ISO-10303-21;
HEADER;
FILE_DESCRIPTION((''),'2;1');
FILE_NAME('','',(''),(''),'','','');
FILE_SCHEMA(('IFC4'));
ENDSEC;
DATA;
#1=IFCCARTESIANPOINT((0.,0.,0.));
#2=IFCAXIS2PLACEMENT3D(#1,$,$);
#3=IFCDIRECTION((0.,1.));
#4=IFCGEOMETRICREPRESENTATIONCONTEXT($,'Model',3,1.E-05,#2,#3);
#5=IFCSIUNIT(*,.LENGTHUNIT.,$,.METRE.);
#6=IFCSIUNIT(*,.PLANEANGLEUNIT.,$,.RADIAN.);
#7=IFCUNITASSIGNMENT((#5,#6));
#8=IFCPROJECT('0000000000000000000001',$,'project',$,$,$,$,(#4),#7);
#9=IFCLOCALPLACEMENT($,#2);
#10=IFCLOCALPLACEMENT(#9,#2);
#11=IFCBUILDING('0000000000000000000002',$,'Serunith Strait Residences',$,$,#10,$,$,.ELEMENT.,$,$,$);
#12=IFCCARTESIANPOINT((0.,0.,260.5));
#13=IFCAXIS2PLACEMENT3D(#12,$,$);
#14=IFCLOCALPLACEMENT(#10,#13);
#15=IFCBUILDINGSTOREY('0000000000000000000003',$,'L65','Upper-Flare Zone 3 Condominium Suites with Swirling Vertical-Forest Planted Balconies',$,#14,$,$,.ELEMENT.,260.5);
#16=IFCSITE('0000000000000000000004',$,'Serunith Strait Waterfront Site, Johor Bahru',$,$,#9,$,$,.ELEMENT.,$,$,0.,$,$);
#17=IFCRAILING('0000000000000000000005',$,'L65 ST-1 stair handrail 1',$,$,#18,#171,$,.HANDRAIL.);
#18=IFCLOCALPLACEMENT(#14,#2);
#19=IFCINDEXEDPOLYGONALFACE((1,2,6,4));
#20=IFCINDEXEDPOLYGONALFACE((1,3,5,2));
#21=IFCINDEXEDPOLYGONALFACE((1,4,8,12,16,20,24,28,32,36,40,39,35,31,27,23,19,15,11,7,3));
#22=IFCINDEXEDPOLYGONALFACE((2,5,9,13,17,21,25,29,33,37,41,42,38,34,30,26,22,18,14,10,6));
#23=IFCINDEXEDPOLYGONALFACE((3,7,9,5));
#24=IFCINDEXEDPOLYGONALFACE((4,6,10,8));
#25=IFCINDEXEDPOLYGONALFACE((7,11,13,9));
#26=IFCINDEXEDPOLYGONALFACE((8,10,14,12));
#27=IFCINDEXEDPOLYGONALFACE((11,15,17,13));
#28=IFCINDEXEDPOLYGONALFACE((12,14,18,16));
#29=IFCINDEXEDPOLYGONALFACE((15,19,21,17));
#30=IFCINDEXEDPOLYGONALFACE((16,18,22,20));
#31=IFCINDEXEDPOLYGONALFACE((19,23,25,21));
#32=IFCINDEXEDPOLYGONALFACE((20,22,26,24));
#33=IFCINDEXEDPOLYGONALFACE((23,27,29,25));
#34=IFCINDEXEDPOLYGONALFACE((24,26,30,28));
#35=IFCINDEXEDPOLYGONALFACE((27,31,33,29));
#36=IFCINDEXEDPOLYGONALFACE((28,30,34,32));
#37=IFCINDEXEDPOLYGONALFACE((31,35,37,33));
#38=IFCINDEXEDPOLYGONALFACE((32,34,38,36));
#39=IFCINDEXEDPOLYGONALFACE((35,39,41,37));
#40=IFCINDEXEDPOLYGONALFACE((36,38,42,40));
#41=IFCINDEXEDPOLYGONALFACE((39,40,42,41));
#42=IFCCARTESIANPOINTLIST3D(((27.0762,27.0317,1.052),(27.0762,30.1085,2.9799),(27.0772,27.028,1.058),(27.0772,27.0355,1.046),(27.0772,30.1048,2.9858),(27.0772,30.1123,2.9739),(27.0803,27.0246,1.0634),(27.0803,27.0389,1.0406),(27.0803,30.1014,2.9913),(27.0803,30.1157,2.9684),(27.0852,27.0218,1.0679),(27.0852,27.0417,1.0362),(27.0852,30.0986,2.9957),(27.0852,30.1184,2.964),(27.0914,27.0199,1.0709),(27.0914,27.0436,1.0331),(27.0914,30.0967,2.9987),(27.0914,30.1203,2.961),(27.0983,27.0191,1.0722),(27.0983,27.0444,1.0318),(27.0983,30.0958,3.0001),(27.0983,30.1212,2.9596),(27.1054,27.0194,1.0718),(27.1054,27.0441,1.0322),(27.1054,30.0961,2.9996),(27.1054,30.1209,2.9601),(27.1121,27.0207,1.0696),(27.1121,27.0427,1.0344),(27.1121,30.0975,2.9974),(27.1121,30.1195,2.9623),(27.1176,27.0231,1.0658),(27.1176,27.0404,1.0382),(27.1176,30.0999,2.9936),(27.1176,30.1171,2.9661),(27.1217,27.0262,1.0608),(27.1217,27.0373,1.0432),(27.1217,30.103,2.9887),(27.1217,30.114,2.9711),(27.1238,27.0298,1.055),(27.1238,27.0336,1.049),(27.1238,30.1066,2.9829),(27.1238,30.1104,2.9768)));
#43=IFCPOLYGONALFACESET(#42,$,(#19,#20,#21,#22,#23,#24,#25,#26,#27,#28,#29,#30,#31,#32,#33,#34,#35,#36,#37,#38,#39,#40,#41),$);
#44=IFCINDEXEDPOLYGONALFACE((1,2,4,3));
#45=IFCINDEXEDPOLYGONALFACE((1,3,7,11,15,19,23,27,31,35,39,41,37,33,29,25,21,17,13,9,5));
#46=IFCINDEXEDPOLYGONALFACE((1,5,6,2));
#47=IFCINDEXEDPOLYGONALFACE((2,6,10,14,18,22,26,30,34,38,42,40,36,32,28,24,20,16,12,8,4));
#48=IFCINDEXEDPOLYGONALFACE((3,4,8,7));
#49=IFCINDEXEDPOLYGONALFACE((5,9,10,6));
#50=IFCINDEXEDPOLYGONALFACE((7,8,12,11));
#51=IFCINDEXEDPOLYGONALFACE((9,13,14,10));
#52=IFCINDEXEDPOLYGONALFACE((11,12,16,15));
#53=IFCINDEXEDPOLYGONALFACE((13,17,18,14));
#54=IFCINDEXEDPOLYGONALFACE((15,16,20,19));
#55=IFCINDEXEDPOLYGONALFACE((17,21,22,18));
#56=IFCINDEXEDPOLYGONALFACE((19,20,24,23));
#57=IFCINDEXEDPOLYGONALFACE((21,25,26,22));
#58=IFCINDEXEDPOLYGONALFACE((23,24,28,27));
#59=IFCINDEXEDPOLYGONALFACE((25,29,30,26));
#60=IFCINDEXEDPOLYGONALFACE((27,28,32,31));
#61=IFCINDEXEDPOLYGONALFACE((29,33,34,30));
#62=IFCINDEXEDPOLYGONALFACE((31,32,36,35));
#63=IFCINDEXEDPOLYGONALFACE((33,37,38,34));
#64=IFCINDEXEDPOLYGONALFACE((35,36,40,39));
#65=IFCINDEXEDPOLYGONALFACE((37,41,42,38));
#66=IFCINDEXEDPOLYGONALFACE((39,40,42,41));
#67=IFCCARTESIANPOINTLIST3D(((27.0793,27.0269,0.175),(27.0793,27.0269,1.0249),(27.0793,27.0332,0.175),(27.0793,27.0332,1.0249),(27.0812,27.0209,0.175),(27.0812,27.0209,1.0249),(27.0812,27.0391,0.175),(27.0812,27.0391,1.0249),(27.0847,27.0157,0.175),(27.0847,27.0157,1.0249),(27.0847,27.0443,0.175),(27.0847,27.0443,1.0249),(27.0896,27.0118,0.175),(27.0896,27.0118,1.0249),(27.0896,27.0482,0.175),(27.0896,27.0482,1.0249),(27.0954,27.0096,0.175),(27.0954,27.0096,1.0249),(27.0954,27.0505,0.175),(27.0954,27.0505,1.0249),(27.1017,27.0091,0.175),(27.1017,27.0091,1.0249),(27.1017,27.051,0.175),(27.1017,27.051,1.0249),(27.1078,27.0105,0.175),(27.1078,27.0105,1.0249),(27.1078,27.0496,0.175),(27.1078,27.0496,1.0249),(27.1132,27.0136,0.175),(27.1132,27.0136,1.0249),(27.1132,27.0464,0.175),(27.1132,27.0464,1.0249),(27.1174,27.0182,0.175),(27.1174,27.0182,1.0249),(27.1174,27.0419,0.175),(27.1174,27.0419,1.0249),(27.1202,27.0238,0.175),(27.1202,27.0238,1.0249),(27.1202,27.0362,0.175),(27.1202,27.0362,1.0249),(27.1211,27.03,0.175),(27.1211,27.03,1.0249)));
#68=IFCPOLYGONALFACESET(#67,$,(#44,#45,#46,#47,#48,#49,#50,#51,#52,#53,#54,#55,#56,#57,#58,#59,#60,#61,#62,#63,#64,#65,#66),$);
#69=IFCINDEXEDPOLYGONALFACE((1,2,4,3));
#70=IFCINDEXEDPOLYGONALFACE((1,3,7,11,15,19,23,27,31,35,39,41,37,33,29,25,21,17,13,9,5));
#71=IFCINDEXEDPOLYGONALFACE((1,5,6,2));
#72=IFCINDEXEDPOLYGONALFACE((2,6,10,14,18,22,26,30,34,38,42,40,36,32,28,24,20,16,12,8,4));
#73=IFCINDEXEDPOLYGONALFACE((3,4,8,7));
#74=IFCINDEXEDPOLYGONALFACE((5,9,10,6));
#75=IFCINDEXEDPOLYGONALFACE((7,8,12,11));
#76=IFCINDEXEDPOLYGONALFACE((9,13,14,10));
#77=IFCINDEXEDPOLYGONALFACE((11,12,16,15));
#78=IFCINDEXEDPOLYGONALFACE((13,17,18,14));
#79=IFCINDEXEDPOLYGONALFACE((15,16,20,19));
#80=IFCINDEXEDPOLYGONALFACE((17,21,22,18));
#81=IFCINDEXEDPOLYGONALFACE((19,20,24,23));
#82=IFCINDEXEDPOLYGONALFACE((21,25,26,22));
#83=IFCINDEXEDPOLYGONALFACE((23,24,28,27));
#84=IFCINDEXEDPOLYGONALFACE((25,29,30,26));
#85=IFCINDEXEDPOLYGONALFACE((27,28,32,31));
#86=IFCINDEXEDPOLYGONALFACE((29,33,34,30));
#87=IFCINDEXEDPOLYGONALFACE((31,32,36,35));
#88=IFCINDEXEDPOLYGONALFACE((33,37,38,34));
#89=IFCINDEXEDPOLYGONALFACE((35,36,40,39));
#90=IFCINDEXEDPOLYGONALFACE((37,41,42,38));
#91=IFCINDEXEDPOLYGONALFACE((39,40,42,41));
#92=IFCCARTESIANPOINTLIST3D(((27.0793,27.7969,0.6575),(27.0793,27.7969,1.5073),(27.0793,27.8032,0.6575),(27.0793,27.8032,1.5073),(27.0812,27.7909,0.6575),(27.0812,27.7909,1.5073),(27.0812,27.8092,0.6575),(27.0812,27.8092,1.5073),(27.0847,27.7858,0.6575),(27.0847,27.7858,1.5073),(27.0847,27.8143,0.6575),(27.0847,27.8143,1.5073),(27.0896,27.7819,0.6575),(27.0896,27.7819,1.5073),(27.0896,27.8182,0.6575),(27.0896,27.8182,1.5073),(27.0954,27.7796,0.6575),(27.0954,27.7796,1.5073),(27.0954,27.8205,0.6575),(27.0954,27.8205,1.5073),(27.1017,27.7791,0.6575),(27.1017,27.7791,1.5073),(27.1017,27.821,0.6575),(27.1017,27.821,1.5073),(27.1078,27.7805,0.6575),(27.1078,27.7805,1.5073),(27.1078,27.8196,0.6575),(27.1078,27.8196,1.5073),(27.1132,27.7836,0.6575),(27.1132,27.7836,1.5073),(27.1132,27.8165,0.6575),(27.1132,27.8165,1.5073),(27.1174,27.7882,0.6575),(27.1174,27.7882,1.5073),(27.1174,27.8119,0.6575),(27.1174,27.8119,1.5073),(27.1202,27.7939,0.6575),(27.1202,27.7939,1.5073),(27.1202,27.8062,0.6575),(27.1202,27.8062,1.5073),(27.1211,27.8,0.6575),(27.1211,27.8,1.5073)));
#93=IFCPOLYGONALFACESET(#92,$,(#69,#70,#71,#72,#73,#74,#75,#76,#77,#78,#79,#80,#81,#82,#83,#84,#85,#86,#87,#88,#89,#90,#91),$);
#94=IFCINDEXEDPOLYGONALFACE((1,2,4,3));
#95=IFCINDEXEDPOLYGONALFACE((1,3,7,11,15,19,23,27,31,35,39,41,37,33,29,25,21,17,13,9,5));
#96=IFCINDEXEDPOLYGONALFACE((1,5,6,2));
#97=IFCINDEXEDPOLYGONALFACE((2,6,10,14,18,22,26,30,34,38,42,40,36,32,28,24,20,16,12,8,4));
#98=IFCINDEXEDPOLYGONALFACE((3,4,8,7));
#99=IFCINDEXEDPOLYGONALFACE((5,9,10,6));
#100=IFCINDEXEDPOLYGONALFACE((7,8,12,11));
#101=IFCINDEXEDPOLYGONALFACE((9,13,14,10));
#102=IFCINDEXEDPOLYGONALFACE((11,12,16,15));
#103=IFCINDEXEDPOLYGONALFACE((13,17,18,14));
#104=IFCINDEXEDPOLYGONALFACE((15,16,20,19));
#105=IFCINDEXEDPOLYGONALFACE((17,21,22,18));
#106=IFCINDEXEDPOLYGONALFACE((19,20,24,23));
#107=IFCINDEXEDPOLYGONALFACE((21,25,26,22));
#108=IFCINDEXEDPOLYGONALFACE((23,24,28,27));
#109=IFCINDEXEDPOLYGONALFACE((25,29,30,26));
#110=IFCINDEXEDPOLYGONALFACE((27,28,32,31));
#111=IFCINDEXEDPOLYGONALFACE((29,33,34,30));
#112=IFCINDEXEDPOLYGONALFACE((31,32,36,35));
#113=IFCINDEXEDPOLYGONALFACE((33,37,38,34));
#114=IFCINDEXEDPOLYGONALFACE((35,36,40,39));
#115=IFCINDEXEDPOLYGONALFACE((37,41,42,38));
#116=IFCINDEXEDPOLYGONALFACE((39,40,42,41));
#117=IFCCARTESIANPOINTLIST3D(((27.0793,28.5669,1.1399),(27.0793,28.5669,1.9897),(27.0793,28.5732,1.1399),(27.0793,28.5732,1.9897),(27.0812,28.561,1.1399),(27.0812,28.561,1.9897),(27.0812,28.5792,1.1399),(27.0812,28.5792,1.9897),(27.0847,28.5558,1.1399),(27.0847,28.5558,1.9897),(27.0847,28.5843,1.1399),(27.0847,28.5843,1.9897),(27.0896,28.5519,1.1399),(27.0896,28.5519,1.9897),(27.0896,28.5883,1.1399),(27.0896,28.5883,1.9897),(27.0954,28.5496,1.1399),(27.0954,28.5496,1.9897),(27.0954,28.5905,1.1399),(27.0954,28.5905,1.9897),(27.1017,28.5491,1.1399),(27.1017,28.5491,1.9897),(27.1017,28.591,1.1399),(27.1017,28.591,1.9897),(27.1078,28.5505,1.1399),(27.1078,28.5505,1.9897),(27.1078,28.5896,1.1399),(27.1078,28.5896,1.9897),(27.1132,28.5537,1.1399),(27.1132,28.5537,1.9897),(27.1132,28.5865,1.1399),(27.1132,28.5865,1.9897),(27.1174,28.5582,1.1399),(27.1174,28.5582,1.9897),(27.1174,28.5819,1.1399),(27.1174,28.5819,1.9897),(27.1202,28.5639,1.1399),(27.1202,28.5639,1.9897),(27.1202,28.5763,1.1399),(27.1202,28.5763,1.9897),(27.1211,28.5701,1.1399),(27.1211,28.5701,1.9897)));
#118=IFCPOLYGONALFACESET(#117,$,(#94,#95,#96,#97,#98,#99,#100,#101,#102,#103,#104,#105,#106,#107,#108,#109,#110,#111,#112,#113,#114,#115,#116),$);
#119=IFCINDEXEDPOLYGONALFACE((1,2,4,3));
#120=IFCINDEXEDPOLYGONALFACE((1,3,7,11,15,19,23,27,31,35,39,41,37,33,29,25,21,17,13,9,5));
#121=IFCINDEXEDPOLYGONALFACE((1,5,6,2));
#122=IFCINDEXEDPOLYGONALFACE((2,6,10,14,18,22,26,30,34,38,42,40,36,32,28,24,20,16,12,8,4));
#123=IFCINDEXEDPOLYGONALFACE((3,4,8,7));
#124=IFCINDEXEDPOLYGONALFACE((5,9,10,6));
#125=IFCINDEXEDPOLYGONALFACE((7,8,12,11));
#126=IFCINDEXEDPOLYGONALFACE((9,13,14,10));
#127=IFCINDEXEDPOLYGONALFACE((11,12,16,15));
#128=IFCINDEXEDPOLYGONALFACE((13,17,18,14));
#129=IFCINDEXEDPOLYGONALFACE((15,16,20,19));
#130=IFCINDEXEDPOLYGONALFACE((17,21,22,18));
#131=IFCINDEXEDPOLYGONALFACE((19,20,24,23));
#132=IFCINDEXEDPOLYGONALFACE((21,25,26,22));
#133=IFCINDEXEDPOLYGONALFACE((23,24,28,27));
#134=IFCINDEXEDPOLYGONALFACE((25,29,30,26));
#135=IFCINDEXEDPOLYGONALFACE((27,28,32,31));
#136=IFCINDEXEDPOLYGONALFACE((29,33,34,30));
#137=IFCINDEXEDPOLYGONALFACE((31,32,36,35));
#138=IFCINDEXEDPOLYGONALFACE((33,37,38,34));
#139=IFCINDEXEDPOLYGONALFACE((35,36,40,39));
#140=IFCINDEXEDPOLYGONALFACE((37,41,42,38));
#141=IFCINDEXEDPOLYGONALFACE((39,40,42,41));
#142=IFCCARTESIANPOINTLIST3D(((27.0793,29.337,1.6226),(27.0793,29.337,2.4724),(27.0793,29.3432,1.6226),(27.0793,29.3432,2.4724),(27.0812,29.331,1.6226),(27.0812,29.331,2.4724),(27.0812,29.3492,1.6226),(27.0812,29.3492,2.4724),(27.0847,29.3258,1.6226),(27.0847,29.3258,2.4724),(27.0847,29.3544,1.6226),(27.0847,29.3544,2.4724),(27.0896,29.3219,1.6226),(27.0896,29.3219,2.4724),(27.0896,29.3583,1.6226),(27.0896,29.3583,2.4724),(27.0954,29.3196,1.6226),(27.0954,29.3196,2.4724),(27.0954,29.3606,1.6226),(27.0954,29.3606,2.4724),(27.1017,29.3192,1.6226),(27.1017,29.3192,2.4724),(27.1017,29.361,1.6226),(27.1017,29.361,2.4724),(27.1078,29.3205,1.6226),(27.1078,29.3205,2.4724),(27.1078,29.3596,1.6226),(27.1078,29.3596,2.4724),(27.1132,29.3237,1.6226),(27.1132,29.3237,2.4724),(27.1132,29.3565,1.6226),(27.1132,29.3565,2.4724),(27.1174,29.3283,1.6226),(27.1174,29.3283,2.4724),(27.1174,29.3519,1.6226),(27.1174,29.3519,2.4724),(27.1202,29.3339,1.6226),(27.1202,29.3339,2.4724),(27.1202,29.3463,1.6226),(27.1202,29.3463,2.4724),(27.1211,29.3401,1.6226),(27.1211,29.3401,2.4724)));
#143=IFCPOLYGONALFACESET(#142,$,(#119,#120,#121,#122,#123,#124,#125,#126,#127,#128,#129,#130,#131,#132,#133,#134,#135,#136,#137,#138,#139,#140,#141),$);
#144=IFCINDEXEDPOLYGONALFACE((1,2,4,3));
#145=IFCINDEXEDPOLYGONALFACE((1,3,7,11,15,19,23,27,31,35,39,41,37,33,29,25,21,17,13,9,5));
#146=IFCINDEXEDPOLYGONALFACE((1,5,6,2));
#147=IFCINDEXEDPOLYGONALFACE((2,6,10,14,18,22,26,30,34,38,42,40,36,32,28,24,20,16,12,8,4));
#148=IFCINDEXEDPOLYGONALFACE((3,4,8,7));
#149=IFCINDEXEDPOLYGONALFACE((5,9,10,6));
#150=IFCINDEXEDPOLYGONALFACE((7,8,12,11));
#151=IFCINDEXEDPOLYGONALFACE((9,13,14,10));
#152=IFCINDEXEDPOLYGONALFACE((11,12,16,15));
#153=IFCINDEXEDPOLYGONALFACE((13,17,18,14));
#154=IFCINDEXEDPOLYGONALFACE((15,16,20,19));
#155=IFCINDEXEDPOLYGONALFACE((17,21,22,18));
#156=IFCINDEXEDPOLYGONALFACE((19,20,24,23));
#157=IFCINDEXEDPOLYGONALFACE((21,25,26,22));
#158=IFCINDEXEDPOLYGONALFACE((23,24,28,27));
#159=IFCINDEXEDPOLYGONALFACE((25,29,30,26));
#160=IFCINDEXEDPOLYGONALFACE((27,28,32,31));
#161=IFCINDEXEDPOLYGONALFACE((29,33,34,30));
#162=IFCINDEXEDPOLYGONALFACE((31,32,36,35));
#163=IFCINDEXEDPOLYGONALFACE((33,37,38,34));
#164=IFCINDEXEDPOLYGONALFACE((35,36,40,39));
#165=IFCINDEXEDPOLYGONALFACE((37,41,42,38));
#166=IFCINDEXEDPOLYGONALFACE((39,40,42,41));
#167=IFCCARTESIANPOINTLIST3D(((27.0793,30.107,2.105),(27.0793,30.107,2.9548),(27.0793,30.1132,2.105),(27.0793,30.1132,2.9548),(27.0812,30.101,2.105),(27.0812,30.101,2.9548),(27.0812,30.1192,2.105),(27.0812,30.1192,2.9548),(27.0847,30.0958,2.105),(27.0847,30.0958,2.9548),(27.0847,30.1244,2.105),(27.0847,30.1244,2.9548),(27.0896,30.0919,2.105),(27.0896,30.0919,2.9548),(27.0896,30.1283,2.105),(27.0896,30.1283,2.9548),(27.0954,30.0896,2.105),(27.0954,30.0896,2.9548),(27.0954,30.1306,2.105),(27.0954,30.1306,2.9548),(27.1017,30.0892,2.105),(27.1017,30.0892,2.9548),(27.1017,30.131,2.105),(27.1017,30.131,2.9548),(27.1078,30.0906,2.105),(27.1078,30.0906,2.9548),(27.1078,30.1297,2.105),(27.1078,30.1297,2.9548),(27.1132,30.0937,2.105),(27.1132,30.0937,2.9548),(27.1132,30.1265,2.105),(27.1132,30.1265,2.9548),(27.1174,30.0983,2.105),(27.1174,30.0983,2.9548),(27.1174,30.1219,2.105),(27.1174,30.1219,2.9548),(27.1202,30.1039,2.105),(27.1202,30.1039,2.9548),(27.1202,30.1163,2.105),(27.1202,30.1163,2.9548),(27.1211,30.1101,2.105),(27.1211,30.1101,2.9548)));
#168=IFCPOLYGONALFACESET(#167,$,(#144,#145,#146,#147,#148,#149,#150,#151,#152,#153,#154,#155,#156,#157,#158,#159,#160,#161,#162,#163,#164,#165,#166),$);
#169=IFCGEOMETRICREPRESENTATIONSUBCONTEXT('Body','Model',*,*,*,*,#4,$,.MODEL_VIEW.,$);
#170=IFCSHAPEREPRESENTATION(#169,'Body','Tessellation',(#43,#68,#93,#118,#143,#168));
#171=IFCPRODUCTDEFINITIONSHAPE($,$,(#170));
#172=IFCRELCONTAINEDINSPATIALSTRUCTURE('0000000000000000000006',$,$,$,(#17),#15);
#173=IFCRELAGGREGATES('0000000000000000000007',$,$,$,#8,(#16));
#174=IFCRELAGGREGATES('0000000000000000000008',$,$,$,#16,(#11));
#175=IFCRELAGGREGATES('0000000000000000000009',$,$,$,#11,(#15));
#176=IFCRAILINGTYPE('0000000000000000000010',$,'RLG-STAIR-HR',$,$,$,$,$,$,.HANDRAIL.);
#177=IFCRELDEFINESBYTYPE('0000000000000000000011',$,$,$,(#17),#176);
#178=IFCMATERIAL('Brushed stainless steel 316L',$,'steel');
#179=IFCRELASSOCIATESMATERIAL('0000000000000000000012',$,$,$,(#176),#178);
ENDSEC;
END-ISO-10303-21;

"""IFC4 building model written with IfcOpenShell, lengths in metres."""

from ifc_helpers import new_model, si_unit, direction, frame, origin, origin_2d, place, context, subcontext, project, spatial, circle, extrude, material, type_object, element, save


model = new_model("IFC4")

# Units and contexts
model_context = context("Model", 3, precision=1e-05, world=origin(), true_north=direction((0.0, 1.0)))
body_context = subcontext(model_context, "Body", "Model", "MODEL_VIEW")
ifc_project = project(units=[si_unit("LENGTHUNIT", "METRE"), si_unit("PLANEANGLEUNIT", "RADIAN")], contexts=[model_context])

# Site, building, storey
site_placement = place(None, origin())
site = spatial("IfcSite", under=ifc_project, at=site_placement, Name="Serunith Strait Waterfront Site, Johor Bahru", CompositionType="ELEMENT", RefElevation=0.0)
building_placement = place(site_placement, origin())
building = spatial("IfcBuilding", under=site, at=building_placement, Name="Serunith Strait Residences", CompositionType="ELEMENT")
storey_placement = place(building_placement, frame((0.0, 0.0, 260.5)))
storey = spatial("IfcBuildingStorey", under=building, at=storey_placement, Name="L65", Description="Upper-Flare Zone 3 Condominium Suites with Swirling Vertical-Forest Planted Balconies", CompositionType="ELEMENT", Elevation=260.5)

# Railing
ifc_material_1 = material(Name="Brushed stainless steel 316L", Category="steel")
railing_type_1 = type_object("IfcRailingType", Name="RLG-STAIR-HR", PredefinedType="HANDRAIL", material=ifc_material_1)
railing_1_placement = place(storey_placement, frame((27.1001, 27.03, 0.175)))
element("IfcRailing", 1, at=railing_1_placement, inside=storey, type_object=railing_type_1, Name="L65 ST-1 stair handrail 1", PredefinedType="HANDRAIL", context=body_context, shape_type="SweptSolid", body=[
    extrude(circle(Radius=0.0239, at=origin_2d()), frame((0.0, 0.0017, 0.877), z_axis=(0.0, 0.847394, 0.530965), x_axis=(-1.0, 0.0, 0.0)), (0.0, 0.0, 1.0), 3.6309),
    extrude(circle(Radius=0.021, at=origin_2d()), origin(), (0.0, 0.0, 1.0), 0.8499),
    extrude(circle(Radius=0.021, at=origin_2d()), frame((0.0, 0.77, 0.4824)), (0.0, 0.0, 1.0), 0.8499),
    extrude(circle(Radius=0.021, at=origin_2d()), frame((0.0, 1.54, 0.9648)), (0.0, 0.0, 1.0), 0.8499),
    extrude(circle(Radius=0.021, at=origin_2d()), frame((0.0, 2.3101, 1.4475)), (0.0, 0.0, 1.0), 0.8499),
    extrude(circle(Radius=0.021, at=origin_2d()), frame((0.0, 3.0801, 1.9299)), (0.0, 0.0, 1.0), 0.8499),
])

save(model, "model.ifc")
